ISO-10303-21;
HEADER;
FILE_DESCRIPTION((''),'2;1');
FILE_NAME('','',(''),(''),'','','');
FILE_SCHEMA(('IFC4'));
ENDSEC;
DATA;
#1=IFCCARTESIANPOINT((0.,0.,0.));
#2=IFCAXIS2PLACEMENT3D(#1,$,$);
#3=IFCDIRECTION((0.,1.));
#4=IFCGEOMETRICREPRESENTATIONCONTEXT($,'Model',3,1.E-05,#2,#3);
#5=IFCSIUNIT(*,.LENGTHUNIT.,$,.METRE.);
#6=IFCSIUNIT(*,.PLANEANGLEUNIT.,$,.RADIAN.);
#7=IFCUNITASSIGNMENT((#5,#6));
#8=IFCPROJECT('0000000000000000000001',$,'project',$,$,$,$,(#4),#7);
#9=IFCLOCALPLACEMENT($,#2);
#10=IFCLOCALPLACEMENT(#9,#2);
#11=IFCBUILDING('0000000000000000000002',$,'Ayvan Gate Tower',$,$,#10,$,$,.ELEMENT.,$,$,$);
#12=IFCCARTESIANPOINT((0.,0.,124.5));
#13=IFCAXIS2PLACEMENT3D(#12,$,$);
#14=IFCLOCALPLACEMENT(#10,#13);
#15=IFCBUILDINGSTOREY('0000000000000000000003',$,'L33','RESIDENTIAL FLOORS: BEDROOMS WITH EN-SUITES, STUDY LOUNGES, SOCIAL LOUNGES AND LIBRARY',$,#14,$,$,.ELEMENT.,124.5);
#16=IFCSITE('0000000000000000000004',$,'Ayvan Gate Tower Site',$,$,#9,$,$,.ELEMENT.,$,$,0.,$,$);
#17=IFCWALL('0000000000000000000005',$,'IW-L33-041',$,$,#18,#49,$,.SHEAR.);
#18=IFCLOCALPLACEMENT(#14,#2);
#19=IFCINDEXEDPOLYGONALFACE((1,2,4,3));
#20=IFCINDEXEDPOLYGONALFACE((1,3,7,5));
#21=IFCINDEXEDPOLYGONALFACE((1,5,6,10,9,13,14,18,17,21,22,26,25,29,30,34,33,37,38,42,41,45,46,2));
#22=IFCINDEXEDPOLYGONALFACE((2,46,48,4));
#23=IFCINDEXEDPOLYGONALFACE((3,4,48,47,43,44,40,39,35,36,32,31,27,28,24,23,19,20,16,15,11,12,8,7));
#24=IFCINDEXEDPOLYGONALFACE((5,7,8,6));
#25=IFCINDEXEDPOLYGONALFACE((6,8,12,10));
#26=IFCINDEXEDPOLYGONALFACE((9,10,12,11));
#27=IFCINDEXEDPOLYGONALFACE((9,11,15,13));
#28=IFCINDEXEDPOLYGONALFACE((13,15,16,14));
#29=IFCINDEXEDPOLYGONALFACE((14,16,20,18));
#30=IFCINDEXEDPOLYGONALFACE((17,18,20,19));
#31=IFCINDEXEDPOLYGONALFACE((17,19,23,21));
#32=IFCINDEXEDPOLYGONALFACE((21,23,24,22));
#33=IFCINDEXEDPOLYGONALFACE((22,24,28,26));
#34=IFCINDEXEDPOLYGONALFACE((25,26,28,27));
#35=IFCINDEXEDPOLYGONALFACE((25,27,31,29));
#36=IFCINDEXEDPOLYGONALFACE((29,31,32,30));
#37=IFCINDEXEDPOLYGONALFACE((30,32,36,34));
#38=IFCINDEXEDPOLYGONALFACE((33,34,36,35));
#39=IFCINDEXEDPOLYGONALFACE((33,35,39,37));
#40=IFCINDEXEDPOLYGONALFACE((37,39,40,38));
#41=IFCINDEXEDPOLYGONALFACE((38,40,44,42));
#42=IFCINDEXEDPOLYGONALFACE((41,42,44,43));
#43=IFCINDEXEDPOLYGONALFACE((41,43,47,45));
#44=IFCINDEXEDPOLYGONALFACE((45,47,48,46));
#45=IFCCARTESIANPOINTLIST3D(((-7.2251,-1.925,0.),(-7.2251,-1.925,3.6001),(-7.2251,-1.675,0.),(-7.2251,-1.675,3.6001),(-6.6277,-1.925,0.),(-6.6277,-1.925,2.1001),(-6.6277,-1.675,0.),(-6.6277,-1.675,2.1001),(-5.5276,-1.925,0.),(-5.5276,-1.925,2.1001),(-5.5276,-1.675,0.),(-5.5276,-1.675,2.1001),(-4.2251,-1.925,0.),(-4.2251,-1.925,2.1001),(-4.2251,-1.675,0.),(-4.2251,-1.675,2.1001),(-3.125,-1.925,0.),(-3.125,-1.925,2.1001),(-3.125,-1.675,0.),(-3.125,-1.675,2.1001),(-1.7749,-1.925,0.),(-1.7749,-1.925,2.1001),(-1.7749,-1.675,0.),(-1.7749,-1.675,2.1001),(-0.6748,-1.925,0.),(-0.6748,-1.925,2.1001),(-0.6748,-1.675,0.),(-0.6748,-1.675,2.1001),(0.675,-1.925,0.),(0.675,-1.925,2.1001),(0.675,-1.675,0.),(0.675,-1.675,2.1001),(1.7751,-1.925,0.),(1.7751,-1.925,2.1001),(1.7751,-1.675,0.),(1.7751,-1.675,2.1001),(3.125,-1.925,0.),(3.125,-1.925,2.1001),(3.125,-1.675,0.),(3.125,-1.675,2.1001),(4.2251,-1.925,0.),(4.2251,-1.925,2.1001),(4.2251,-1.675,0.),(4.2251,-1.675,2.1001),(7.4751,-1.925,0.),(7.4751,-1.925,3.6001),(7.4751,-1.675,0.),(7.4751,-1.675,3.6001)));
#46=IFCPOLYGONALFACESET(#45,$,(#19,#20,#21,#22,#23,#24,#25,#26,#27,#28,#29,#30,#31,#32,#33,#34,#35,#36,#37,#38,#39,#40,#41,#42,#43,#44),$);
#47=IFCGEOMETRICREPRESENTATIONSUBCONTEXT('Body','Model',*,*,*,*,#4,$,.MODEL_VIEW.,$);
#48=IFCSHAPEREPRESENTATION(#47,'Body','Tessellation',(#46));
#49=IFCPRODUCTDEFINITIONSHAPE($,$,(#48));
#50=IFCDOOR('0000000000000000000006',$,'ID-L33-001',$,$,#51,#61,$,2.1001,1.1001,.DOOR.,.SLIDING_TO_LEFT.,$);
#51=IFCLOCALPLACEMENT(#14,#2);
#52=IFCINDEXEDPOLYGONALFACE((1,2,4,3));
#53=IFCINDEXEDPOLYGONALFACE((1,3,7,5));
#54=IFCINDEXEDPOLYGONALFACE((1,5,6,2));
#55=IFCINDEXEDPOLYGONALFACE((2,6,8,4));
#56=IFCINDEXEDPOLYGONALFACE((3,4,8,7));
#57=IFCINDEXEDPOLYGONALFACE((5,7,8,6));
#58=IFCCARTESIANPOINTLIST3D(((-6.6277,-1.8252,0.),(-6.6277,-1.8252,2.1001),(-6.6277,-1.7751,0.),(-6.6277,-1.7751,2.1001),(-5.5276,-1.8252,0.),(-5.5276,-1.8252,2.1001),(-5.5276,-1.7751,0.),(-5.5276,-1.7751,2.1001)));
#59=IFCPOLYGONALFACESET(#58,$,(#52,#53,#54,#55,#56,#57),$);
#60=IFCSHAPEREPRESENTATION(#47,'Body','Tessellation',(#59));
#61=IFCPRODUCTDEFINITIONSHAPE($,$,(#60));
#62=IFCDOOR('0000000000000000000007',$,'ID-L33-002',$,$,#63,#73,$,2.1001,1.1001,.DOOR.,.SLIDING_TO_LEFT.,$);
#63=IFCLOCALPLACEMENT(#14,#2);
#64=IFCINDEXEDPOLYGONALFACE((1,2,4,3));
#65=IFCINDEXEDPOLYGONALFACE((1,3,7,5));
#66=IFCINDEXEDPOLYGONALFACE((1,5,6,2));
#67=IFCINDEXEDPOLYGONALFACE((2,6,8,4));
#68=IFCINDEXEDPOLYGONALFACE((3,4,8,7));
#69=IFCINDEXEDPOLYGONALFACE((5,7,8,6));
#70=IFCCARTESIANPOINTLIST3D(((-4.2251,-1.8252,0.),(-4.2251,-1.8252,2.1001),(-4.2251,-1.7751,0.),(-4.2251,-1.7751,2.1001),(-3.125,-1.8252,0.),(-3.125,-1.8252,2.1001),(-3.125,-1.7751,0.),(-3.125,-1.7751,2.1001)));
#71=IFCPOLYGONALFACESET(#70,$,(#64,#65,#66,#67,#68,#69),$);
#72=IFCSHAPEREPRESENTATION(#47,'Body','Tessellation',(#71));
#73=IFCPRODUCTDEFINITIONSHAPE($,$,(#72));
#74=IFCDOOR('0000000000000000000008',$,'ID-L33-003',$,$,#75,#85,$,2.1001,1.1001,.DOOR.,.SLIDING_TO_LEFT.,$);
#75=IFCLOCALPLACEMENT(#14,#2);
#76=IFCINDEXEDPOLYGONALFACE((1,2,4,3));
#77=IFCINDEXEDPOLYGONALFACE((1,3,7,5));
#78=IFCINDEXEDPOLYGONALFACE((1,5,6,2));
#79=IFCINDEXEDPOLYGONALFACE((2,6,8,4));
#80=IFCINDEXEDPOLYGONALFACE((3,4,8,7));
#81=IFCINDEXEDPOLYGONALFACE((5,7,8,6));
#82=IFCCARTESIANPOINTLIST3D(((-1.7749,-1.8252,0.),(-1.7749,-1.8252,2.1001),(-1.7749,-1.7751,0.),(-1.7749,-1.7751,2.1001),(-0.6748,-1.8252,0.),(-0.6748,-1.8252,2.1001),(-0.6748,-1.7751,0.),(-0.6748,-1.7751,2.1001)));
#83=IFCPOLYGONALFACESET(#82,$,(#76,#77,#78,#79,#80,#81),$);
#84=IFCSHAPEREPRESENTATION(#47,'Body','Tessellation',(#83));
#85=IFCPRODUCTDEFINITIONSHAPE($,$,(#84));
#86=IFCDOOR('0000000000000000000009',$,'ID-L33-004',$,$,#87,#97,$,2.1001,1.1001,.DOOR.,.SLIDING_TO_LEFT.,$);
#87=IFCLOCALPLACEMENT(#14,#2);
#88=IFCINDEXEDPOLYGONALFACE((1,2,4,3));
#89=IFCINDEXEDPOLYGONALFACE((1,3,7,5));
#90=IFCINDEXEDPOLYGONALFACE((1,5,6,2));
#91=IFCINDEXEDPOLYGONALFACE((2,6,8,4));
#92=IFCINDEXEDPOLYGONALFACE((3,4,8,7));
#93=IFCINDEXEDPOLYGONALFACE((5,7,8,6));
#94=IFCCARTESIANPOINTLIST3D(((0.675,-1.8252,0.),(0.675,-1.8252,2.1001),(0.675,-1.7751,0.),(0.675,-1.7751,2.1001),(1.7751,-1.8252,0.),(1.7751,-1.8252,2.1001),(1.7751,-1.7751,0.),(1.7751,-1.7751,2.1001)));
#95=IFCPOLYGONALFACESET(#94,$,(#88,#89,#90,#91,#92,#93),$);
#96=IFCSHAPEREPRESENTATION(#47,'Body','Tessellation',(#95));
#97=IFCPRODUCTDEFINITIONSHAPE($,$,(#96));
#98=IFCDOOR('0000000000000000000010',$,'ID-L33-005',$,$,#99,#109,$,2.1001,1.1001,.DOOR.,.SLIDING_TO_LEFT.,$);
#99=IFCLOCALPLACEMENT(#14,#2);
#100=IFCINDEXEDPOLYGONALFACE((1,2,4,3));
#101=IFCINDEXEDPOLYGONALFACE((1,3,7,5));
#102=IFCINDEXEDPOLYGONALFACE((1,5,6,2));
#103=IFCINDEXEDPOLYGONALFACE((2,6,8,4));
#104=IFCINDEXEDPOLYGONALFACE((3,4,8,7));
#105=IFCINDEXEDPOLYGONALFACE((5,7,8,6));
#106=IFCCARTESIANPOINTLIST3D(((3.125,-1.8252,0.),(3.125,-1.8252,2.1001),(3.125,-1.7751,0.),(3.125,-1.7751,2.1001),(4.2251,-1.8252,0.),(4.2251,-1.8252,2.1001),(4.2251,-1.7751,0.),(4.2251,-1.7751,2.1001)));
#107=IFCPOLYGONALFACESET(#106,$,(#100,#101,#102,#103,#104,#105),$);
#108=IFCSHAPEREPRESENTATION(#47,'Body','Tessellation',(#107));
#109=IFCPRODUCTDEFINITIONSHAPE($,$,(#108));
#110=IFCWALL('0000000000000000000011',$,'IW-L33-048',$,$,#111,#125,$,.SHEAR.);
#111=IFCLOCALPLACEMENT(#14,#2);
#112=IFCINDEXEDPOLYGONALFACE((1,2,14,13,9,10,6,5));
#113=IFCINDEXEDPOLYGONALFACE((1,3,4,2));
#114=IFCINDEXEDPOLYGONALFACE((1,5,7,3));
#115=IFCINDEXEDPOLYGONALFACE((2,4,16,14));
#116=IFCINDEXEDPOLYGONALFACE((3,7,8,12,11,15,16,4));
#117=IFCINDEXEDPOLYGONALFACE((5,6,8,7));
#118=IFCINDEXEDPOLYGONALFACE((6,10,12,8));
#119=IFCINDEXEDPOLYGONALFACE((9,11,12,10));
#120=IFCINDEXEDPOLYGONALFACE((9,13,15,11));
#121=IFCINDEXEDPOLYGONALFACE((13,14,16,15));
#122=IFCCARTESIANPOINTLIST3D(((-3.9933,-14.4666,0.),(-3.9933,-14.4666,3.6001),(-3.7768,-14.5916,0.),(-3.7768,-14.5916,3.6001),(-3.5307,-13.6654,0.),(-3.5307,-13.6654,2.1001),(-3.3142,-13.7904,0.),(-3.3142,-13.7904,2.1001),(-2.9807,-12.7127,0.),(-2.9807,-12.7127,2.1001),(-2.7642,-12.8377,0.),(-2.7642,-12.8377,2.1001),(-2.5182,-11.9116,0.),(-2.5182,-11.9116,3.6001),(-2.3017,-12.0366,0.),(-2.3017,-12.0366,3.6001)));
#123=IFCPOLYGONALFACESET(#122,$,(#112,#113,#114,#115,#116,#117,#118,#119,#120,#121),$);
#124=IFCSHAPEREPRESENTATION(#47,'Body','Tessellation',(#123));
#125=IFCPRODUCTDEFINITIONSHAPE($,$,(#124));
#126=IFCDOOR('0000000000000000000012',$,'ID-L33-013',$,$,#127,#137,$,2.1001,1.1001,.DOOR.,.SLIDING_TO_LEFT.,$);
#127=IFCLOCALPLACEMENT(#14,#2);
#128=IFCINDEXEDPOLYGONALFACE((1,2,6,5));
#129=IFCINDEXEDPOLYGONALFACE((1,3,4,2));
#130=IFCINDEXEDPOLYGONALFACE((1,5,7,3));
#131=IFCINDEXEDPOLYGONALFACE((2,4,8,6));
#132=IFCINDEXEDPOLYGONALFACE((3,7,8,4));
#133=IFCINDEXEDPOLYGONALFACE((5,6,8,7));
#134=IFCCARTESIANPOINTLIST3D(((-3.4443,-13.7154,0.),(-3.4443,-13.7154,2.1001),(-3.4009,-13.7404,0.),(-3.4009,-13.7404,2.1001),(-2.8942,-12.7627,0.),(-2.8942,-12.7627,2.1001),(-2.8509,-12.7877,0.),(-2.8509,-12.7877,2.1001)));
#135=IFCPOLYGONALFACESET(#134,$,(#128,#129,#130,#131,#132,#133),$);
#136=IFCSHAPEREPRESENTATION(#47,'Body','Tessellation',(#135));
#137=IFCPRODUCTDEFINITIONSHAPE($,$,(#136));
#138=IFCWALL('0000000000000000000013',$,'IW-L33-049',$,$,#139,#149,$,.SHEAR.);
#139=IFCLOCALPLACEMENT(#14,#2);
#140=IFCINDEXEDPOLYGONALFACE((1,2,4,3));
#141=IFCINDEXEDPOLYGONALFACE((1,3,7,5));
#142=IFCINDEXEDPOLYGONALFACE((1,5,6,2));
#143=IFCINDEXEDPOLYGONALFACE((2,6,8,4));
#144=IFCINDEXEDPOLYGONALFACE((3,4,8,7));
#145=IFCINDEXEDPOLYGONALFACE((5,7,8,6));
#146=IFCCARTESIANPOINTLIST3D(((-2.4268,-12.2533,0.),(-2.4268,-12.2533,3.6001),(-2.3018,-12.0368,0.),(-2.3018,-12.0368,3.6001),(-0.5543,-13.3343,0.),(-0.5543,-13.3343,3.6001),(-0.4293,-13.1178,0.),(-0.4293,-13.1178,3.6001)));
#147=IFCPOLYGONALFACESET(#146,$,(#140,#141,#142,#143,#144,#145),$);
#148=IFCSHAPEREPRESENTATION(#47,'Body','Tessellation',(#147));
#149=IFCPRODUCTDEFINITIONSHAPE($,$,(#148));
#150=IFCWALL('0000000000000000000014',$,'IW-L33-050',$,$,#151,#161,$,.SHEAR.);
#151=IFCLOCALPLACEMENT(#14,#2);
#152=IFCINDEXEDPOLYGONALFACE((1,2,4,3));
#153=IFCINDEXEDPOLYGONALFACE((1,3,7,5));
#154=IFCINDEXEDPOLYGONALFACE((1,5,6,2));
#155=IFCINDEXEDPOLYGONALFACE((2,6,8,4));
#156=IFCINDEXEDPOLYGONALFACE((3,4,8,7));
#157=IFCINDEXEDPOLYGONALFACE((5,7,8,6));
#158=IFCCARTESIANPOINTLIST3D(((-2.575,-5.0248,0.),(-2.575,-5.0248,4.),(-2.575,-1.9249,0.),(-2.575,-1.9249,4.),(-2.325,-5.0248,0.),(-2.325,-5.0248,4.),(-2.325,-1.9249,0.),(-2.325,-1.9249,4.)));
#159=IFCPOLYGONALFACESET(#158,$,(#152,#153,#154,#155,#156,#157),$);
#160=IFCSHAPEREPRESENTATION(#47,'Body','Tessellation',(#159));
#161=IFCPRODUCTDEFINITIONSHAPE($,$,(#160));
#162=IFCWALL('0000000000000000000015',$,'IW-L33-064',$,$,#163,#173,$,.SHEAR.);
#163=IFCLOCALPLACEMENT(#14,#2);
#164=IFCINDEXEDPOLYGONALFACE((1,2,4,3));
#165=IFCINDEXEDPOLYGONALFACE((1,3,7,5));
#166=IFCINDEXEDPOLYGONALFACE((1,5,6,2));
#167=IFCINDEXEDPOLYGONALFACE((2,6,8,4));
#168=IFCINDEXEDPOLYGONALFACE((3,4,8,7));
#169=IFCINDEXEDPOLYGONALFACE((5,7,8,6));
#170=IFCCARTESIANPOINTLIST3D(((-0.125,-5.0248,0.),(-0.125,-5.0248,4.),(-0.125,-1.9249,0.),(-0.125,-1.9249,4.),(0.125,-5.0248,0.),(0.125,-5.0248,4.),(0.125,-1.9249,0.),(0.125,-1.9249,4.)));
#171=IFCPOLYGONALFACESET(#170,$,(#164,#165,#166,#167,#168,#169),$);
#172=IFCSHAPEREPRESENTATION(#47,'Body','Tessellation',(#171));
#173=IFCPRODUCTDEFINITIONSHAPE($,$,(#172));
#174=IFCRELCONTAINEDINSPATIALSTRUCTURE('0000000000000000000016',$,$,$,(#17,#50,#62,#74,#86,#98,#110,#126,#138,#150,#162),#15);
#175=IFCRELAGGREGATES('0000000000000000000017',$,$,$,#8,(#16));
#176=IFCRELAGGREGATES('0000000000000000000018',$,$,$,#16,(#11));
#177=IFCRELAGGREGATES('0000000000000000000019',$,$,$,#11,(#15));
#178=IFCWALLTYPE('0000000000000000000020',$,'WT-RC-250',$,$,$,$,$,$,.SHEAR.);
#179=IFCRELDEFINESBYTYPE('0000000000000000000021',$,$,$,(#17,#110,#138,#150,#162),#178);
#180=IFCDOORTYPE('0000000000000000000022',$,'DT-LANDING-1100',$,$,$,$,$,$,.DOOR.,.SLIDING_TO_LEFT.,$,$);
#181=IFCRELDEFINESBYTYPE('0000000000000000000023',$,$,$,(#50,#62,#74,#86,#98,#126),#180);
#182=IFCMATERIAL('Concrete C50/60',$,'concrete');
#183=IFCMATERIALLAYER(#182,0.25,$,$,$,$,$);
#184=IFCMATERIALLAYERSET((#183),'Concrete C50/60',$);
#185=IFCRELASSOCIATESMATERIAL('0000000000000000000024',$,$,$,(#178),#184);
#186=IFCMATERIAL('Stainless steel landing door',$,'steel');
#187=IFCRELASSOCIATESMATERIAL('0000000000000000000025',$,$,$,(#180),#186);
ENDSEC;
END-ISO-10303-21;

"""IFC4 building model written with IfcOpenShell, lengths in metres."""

from ifc_helpers import new_model, si_unit, direction, frame, frame_2d, origin, place, context, subcontext, project, spatial, rectangle, extrude, material, layer, layer_set, type_object, element, fill, save


model = new_model("IFC4")

# Units and contexts
model_context = context("Model", 3, precision=1e-05, world=origin(), true_north=direction((0.0, 1.0)))
body_context = subcontext(model_context, "Body", "Model", "MODEL_VIEW")
ifc_project = project(units=[si_unit("LENGTHUNIT", "METRE"), si_unit("PLANEANGLEUNIT", "RADIAN")], contexts=[model_context])

# Site, building, storey
site_placement = place(None, origin())
site = spatial("IfcSite", under=ifc_project, at=site_placement, Name="Ayvan Gate Tower Site", CompositionType="ELEMENT", RefElevation=0.0)
building_placement = place(site_placement, origin())
building = spatial("IfcBuilding", under=site, at=building_placement, Name="Ayvan Gate Tower", CompositionType="ELEMENT")
storey_placement = place(building_placement, frame((0.0, 0.0, 124.5)))
storey = spatial("IfcBuildingStorey", under=building, at=storey_placement, Name="L33", Description="RESIDENTIAL FLOORS: BEDROOMS WITH EN-SUITES, STUDY LOUNGES, SOCIAL LOUNGES AND LIBRARY", CompositionType="ELEMENT", Elevation=124.5)

# Shared definitions
ifc_material_1 = material(Name="Concrete C50/60", Category="concrete")
ifc_layer_1 = layer(ifc_material_1, 0.25)
ifc_layer_set_1 = layer_set([ifc_layer_1], Name="Concrete C50/60")
wall_type_1 = type_object("IfcWallType", Name="WT-RC-250", PredefinedType="SHEAR", material=ifc_layer_set_1)

# Wall, openings, doors
wall_1_placement = place(storey_placement, frame((-7.2251, -1.8, 0.0), z_axis=(0.0, 0.0, 1.0), x_axis=(1.0, 0.0, 0.0)))
wall_1 = element("IfcWall", 1, at=wall_1_placement, inside=storey, type_object=wall_type_1, Name="IW-L33-041", PredefinedType="SHEAR", context=body_context, shape_type="SweptSolid", body=[
    extrude(rectangle(XDim=14.7002, YDim=0.25, at=frame_2d((7.3501, 0.0))), origin(), (0.0, 0.0, 1.0), 3.6001),
])
opening_1_placement = place(wall_1_placement, frame((0.5974, 0.0, 0.0)))
opening_1 = element("IfcOpeningElement", 2, at=opening_1_placement, cuts=wall_1, PredefinedType="OPENING", context=body_context, shape_type="SweptSolid", body=[
    extrude(rectangle(XDim=1.1001, YDim=2.1001, at=frame_2d((0.55, 1.05))), frame((0.0, 0.135, 0.0), z_axis=(0.0, -1.0, 0.0), x_axis=(1.0, 0.0, 0.0)), (0.0, 0.0, 1.0), 0.27),
])
opening_2_placement = place(wall_1_placement, frame((3.0, 0.0, 0.0)))
opening_2 = element("IfcOpeningElement", 3, at=opening_2_placement, cuts=wall_1, PredefinedType="OPENING", context=body_context, shape_type="SweptSolid", body=[
    extrude(rectangle(XDim=1.1001, YDim=2.1001, at=frame_2d((0.55, 1.05))), frame((0.0, 0.135, 0.0), z_axis=(0.0, -1.0, 0.0), x_axis=(1.0, 0.0, 0.0)), (0.0, 0.0, 1.0), 0.27),
])
opening_3_placement = place(wall_1_placement, frame((5.4502, 0.0, 0.0)))
opening_3 = element("IfcOpeningElement", 4, at=opening_3_placement, cuts=wall_1, PredefinedType="OPENING", context=body_context, shape_type="SweptSolid", body=[
    extrude(rectangle(XDim=1.1001, YDim=2.1001, at=frame_2d((0.55, 1.05))), frame((0.0, 0.135, 0.0), z_axis=(0.0, -1.0, 0.0), x_axis=(1.0, 0.0, 0.0)), (0.0, 0.0, 1.0), 0.27),
])
opening_4_placement = place(wall_1_placement, frame((7.9001, 0.0, 0.0)))
opening_4 = element("IfcOpeningElement", 5, at=opening_4_placement, cuts=wall_1, PredefinedType="OPENING", context=body_context, shape_type="SweptSolid", body=[
    extrude(rectangle(XDim=1.1001, YDim=2.1001, at=frame_2d((0.55, 1.05))), frame((0.0, 0.135, 0.0), z_axis=(0.0, -1.0, 0.0), x_axis=(1.0, 0.0, 0.0)), (0.0, 0.0, 1.0), 0.27),
])
opening_5_placement = place(wall_1_placement, frame((10.3501, 0.0, 0.0)))
opening_5 = element("IfcOpeningElement", 6, at=opening_5_placement, cuts=wall_1, PredefinedType="OPENING", context=body_context, shape_type="SweptSolid", body=[
    extrude(rectangle(XDim=1.1001, YDim=2.1001, at=frame_2d((0.55, 1.05))), frame((0.0, 0.135, 0.0), z_axis=(0.0, -1.0, 0.0), x_axis=(1.0, 0.0, 0.0)), (0.0, 0.0, 1.0), 0.27),
])
ifc_material_2 = material(Name="Stainless steel landing door", Category="steel")
door_type_1 = type_object("IfcDoorType", Name="DT-LANDING-1100", OperationType="SLIDING_TO_LEFT", PredefinedType="DOOR", material=ifc_material_2)
door_1_placement = place(opening_1_placement, origin())
door_1 = element("IfcDoor", 7, at=door_1_placement, inside=storey, type_object=door_type_1, Name="ID-L33-001", OperationType="SLIDING_TO_LEFT", OverallHeight=2.1001, OverallWidth=1.1001, PredefinedType="DOOR", context=body_context, shape_type="SweptSolid", body=[
    extrude(rectangle(XDim=1.1001, YDim=2.1001, at=frame_2d((0.55, 1.05))), frame((0.0, 0.0249, 0.0), z_axis=(0.0, -1.0, 0.0), x_axis=(1.0, 0.0, 0.0)), (0.0, 0.0, 1.0), 0.05),
])
fill(opening_1, door_1)
door_2_placement = place(opening_2_placement, origin())
door_2 = element("IfcDoor", 8, at=door_2_placement, inside=storey, type_object=door_type_1, Name="ID-L33-002", OperationType="SLIDING_TO_LEFT", OverallHeight=2.1001, OverallWidth=1.1001, PredefinedType="DOOR", context=body_context, shape_type="SweptSolid", body=[
    extrude(rectangle(XDim=1.1001, YDim=2.1001, at=frame_2d((0.55, 1.05))), frame((0.0, 0.0249, 0.0), z_axis=(0.0, -1.0, 0.0), x_axis=(1.0, 0.0, 0.0)), (0.0, 0.0, 1.0), 0.05),
])
fill(opening_2, door_2)
door_3_placement = place(opening_3_placement, origin())
door_3 = element("IfcDoor", 9, at=door_3_placement, inside=storey, type_object=door_type_1, Name="ID-L33-003", OperationType="SLIDING_TO_LEFT", OverallHeight=2.1001, OverallWidth=1.1001, PredefinedType="DOOR", context=body_context, shape_type="SweptSolid", body=[
    extrude(rectangle(XDim=1.1001, YDim=2.1001, at=frame_2d((0.55, 1.05))), frame((0.0, 0.0249, 0.0), z_axis=(0.0, -1.0, 0.0), x_axis=(1.0, 0.0, 0.0)), (0.0, 0.0, 1.0), 0.05),
])
fill(opening_3, door_3)
door_4_placement = place(opening_4_placement, origin())
door_4 = element("IfcDoor", 10, at=door_4_placement, inside=storey, type_object=door_type_1, Name="ID-L33-004", OperationType="SLIDING_TO_LEFT", OverallHeight=2.1001, OverallWidth=1.1001, PredefinedType="DOOR", context=body_context, shape_type="SweptSolid", body=[
    extrude(rectangle(XDim=1.1001, YDim=2.1001, at=frame_2d((0.55, 1.05))), frame((0.0, 0.0249, 0.0), z_axis=(0.0, -1.0, 0.0), x_axis=(1.0, 0.0, 0.0)), (0.0, 0.0, 1.0), 0.05),
])
fill(opening_4, door_4)
door_5_placement = place(opening_5_placement, origin())
door_5 = element("IfcDoor", 11, at=door_5_placement, inside=storey, type_object=door_type_1, Name="ID-L33-005", OperationType="SLIDING_TO_LEFT", OverallHeight=2.1001, OverallWidth=1.1001, PredefinedType="DOOR", context=body_context, shape_type="SweptSolid", body=[
    extrude(rectangle(XDim=1.1001, YDim=2.1001, at=frame_2d((0.55, 1.05))), frame((0.0, 0.0249, 0.0), z_axis=(0.0, -1.0, 0.0), x_axis=(1.0, 0.0, 0.0)), (0.0, 0.0, 1.0), 0.05),
])
fill(opening_5, door_5)

# Wall, opening, door
wall_2_placement = place(storey_placement, frame((-2.4099, -11.9741, 0.0), z_axis=(0.0, 0.0, 1.0), x_axis=(-0.500002, -0.866024, 0.0)))
wall_2 = element("IfcWall", 12, at=wall_2_placement, inside=storey, type_object=wall_type_1, Name="IW-L33-048", PredefinedType="SHEAR", context=body_context, shape_type="SweptSolid", body=[
    extrude(rectangle(XDim=2.9502, YDim=0.25, at=frame_2d((1.4751, 0.0))), origin(), (0.0, 0.0, 1.0), 3.6001),
])
opening_6_placement = place(wall_2_placement, frame((0.925, 0.0, 0.0)))
opening_6 = element("IfcOpeningElement", 13, at=opening_6_placement, cuts=wall_2, PredefinedType="OPENING", context=body_context, shape_type="SweptSolid", body=[
    extrude(rectangle(XDim=1.1001, YDim=2.1001, at=frame_2d((0.55, 1.05))), frame((0.0, 0.135, 0.0), z_axis=(0.0, -1.0, 0.0), x_axis=(1.0, 0.0, 0.0)), (0.0, 0.0, 1.0), 0.27),
])
door_6_placement = place(opening_6_placement, origin())
door_6 = element("IfcDoor", 14, at=door_6_placement, inside=storey, type_object=door_type_1, Name="ID-L33-013", OperationType="SLIDING_TO_LEFT", OverallHeight=2.1001, OverallWidth=1.1001, PredefinedType="DOOR", context=body_context, shape_type="SweptSolid", body=[
    extrude(rectangle(XDim=1.1001, YDim=2.1001, at=frame_2d((0.55, 1.05))), frame((0.0, 0.0249, 0.0), z_axis=(0.0, -1.0, 0.0), x_axis=(1.0, 0.0, 0.0)), (0.0, 0.0, 1.0), 0.05),
])
fill(opening_6, door_6)

# Walls
wall_3_placement = place(storey_placement, frame((-2.3643, -12.145, 0.0), z_axis=(0.0, 0.0, 1.0), x_axis=(0.866039, -0.499977, 0.0)))
element("IfcWall", 15, at=wall_3_placement, inside=storey, type_object=wall_type_1, Name="IW-L33-049", PredefinedType="SHEAR", context=body_context, shape_type="SweptSolid", body=[
    extrude(rectangle(XDim=2.1621, YDim=0.25, at=frame_2d((1.0811, 0.0))), origin(), (0.0, 0.0, 1.0), 3.6001),
])
for number, where, z_axis, x_axis, name in (
    (16, (-2.45, -1.925, 0.0), (0.0, 0.0, 1.0), (0.0, -1.0, 0.0), "IW-L33-050"),
    (17, (0.0, -1.925, 0.0), (0.0, 0.0, 1.0), (0.0, -1.0, 0.0), "IW-L33-064"),
):
    element("IfcWall", number, at=place(storey_placement, frame(where, z_axis=z_axis, x_axis=x_axis)), inside=storey, type_object=wall_type_1, Name=name, PredefinedType="SHEAR", context=body_context, shape_type="SweptSolid", body=[
        extrude(rectangle(XDim=3.0999, YDim=0.25, at=frame_2d((1.5498, 0.0))), origin(), (0.0, 0.0, 1.0), 4.0),
    ])

save(model, "model.ifc")
